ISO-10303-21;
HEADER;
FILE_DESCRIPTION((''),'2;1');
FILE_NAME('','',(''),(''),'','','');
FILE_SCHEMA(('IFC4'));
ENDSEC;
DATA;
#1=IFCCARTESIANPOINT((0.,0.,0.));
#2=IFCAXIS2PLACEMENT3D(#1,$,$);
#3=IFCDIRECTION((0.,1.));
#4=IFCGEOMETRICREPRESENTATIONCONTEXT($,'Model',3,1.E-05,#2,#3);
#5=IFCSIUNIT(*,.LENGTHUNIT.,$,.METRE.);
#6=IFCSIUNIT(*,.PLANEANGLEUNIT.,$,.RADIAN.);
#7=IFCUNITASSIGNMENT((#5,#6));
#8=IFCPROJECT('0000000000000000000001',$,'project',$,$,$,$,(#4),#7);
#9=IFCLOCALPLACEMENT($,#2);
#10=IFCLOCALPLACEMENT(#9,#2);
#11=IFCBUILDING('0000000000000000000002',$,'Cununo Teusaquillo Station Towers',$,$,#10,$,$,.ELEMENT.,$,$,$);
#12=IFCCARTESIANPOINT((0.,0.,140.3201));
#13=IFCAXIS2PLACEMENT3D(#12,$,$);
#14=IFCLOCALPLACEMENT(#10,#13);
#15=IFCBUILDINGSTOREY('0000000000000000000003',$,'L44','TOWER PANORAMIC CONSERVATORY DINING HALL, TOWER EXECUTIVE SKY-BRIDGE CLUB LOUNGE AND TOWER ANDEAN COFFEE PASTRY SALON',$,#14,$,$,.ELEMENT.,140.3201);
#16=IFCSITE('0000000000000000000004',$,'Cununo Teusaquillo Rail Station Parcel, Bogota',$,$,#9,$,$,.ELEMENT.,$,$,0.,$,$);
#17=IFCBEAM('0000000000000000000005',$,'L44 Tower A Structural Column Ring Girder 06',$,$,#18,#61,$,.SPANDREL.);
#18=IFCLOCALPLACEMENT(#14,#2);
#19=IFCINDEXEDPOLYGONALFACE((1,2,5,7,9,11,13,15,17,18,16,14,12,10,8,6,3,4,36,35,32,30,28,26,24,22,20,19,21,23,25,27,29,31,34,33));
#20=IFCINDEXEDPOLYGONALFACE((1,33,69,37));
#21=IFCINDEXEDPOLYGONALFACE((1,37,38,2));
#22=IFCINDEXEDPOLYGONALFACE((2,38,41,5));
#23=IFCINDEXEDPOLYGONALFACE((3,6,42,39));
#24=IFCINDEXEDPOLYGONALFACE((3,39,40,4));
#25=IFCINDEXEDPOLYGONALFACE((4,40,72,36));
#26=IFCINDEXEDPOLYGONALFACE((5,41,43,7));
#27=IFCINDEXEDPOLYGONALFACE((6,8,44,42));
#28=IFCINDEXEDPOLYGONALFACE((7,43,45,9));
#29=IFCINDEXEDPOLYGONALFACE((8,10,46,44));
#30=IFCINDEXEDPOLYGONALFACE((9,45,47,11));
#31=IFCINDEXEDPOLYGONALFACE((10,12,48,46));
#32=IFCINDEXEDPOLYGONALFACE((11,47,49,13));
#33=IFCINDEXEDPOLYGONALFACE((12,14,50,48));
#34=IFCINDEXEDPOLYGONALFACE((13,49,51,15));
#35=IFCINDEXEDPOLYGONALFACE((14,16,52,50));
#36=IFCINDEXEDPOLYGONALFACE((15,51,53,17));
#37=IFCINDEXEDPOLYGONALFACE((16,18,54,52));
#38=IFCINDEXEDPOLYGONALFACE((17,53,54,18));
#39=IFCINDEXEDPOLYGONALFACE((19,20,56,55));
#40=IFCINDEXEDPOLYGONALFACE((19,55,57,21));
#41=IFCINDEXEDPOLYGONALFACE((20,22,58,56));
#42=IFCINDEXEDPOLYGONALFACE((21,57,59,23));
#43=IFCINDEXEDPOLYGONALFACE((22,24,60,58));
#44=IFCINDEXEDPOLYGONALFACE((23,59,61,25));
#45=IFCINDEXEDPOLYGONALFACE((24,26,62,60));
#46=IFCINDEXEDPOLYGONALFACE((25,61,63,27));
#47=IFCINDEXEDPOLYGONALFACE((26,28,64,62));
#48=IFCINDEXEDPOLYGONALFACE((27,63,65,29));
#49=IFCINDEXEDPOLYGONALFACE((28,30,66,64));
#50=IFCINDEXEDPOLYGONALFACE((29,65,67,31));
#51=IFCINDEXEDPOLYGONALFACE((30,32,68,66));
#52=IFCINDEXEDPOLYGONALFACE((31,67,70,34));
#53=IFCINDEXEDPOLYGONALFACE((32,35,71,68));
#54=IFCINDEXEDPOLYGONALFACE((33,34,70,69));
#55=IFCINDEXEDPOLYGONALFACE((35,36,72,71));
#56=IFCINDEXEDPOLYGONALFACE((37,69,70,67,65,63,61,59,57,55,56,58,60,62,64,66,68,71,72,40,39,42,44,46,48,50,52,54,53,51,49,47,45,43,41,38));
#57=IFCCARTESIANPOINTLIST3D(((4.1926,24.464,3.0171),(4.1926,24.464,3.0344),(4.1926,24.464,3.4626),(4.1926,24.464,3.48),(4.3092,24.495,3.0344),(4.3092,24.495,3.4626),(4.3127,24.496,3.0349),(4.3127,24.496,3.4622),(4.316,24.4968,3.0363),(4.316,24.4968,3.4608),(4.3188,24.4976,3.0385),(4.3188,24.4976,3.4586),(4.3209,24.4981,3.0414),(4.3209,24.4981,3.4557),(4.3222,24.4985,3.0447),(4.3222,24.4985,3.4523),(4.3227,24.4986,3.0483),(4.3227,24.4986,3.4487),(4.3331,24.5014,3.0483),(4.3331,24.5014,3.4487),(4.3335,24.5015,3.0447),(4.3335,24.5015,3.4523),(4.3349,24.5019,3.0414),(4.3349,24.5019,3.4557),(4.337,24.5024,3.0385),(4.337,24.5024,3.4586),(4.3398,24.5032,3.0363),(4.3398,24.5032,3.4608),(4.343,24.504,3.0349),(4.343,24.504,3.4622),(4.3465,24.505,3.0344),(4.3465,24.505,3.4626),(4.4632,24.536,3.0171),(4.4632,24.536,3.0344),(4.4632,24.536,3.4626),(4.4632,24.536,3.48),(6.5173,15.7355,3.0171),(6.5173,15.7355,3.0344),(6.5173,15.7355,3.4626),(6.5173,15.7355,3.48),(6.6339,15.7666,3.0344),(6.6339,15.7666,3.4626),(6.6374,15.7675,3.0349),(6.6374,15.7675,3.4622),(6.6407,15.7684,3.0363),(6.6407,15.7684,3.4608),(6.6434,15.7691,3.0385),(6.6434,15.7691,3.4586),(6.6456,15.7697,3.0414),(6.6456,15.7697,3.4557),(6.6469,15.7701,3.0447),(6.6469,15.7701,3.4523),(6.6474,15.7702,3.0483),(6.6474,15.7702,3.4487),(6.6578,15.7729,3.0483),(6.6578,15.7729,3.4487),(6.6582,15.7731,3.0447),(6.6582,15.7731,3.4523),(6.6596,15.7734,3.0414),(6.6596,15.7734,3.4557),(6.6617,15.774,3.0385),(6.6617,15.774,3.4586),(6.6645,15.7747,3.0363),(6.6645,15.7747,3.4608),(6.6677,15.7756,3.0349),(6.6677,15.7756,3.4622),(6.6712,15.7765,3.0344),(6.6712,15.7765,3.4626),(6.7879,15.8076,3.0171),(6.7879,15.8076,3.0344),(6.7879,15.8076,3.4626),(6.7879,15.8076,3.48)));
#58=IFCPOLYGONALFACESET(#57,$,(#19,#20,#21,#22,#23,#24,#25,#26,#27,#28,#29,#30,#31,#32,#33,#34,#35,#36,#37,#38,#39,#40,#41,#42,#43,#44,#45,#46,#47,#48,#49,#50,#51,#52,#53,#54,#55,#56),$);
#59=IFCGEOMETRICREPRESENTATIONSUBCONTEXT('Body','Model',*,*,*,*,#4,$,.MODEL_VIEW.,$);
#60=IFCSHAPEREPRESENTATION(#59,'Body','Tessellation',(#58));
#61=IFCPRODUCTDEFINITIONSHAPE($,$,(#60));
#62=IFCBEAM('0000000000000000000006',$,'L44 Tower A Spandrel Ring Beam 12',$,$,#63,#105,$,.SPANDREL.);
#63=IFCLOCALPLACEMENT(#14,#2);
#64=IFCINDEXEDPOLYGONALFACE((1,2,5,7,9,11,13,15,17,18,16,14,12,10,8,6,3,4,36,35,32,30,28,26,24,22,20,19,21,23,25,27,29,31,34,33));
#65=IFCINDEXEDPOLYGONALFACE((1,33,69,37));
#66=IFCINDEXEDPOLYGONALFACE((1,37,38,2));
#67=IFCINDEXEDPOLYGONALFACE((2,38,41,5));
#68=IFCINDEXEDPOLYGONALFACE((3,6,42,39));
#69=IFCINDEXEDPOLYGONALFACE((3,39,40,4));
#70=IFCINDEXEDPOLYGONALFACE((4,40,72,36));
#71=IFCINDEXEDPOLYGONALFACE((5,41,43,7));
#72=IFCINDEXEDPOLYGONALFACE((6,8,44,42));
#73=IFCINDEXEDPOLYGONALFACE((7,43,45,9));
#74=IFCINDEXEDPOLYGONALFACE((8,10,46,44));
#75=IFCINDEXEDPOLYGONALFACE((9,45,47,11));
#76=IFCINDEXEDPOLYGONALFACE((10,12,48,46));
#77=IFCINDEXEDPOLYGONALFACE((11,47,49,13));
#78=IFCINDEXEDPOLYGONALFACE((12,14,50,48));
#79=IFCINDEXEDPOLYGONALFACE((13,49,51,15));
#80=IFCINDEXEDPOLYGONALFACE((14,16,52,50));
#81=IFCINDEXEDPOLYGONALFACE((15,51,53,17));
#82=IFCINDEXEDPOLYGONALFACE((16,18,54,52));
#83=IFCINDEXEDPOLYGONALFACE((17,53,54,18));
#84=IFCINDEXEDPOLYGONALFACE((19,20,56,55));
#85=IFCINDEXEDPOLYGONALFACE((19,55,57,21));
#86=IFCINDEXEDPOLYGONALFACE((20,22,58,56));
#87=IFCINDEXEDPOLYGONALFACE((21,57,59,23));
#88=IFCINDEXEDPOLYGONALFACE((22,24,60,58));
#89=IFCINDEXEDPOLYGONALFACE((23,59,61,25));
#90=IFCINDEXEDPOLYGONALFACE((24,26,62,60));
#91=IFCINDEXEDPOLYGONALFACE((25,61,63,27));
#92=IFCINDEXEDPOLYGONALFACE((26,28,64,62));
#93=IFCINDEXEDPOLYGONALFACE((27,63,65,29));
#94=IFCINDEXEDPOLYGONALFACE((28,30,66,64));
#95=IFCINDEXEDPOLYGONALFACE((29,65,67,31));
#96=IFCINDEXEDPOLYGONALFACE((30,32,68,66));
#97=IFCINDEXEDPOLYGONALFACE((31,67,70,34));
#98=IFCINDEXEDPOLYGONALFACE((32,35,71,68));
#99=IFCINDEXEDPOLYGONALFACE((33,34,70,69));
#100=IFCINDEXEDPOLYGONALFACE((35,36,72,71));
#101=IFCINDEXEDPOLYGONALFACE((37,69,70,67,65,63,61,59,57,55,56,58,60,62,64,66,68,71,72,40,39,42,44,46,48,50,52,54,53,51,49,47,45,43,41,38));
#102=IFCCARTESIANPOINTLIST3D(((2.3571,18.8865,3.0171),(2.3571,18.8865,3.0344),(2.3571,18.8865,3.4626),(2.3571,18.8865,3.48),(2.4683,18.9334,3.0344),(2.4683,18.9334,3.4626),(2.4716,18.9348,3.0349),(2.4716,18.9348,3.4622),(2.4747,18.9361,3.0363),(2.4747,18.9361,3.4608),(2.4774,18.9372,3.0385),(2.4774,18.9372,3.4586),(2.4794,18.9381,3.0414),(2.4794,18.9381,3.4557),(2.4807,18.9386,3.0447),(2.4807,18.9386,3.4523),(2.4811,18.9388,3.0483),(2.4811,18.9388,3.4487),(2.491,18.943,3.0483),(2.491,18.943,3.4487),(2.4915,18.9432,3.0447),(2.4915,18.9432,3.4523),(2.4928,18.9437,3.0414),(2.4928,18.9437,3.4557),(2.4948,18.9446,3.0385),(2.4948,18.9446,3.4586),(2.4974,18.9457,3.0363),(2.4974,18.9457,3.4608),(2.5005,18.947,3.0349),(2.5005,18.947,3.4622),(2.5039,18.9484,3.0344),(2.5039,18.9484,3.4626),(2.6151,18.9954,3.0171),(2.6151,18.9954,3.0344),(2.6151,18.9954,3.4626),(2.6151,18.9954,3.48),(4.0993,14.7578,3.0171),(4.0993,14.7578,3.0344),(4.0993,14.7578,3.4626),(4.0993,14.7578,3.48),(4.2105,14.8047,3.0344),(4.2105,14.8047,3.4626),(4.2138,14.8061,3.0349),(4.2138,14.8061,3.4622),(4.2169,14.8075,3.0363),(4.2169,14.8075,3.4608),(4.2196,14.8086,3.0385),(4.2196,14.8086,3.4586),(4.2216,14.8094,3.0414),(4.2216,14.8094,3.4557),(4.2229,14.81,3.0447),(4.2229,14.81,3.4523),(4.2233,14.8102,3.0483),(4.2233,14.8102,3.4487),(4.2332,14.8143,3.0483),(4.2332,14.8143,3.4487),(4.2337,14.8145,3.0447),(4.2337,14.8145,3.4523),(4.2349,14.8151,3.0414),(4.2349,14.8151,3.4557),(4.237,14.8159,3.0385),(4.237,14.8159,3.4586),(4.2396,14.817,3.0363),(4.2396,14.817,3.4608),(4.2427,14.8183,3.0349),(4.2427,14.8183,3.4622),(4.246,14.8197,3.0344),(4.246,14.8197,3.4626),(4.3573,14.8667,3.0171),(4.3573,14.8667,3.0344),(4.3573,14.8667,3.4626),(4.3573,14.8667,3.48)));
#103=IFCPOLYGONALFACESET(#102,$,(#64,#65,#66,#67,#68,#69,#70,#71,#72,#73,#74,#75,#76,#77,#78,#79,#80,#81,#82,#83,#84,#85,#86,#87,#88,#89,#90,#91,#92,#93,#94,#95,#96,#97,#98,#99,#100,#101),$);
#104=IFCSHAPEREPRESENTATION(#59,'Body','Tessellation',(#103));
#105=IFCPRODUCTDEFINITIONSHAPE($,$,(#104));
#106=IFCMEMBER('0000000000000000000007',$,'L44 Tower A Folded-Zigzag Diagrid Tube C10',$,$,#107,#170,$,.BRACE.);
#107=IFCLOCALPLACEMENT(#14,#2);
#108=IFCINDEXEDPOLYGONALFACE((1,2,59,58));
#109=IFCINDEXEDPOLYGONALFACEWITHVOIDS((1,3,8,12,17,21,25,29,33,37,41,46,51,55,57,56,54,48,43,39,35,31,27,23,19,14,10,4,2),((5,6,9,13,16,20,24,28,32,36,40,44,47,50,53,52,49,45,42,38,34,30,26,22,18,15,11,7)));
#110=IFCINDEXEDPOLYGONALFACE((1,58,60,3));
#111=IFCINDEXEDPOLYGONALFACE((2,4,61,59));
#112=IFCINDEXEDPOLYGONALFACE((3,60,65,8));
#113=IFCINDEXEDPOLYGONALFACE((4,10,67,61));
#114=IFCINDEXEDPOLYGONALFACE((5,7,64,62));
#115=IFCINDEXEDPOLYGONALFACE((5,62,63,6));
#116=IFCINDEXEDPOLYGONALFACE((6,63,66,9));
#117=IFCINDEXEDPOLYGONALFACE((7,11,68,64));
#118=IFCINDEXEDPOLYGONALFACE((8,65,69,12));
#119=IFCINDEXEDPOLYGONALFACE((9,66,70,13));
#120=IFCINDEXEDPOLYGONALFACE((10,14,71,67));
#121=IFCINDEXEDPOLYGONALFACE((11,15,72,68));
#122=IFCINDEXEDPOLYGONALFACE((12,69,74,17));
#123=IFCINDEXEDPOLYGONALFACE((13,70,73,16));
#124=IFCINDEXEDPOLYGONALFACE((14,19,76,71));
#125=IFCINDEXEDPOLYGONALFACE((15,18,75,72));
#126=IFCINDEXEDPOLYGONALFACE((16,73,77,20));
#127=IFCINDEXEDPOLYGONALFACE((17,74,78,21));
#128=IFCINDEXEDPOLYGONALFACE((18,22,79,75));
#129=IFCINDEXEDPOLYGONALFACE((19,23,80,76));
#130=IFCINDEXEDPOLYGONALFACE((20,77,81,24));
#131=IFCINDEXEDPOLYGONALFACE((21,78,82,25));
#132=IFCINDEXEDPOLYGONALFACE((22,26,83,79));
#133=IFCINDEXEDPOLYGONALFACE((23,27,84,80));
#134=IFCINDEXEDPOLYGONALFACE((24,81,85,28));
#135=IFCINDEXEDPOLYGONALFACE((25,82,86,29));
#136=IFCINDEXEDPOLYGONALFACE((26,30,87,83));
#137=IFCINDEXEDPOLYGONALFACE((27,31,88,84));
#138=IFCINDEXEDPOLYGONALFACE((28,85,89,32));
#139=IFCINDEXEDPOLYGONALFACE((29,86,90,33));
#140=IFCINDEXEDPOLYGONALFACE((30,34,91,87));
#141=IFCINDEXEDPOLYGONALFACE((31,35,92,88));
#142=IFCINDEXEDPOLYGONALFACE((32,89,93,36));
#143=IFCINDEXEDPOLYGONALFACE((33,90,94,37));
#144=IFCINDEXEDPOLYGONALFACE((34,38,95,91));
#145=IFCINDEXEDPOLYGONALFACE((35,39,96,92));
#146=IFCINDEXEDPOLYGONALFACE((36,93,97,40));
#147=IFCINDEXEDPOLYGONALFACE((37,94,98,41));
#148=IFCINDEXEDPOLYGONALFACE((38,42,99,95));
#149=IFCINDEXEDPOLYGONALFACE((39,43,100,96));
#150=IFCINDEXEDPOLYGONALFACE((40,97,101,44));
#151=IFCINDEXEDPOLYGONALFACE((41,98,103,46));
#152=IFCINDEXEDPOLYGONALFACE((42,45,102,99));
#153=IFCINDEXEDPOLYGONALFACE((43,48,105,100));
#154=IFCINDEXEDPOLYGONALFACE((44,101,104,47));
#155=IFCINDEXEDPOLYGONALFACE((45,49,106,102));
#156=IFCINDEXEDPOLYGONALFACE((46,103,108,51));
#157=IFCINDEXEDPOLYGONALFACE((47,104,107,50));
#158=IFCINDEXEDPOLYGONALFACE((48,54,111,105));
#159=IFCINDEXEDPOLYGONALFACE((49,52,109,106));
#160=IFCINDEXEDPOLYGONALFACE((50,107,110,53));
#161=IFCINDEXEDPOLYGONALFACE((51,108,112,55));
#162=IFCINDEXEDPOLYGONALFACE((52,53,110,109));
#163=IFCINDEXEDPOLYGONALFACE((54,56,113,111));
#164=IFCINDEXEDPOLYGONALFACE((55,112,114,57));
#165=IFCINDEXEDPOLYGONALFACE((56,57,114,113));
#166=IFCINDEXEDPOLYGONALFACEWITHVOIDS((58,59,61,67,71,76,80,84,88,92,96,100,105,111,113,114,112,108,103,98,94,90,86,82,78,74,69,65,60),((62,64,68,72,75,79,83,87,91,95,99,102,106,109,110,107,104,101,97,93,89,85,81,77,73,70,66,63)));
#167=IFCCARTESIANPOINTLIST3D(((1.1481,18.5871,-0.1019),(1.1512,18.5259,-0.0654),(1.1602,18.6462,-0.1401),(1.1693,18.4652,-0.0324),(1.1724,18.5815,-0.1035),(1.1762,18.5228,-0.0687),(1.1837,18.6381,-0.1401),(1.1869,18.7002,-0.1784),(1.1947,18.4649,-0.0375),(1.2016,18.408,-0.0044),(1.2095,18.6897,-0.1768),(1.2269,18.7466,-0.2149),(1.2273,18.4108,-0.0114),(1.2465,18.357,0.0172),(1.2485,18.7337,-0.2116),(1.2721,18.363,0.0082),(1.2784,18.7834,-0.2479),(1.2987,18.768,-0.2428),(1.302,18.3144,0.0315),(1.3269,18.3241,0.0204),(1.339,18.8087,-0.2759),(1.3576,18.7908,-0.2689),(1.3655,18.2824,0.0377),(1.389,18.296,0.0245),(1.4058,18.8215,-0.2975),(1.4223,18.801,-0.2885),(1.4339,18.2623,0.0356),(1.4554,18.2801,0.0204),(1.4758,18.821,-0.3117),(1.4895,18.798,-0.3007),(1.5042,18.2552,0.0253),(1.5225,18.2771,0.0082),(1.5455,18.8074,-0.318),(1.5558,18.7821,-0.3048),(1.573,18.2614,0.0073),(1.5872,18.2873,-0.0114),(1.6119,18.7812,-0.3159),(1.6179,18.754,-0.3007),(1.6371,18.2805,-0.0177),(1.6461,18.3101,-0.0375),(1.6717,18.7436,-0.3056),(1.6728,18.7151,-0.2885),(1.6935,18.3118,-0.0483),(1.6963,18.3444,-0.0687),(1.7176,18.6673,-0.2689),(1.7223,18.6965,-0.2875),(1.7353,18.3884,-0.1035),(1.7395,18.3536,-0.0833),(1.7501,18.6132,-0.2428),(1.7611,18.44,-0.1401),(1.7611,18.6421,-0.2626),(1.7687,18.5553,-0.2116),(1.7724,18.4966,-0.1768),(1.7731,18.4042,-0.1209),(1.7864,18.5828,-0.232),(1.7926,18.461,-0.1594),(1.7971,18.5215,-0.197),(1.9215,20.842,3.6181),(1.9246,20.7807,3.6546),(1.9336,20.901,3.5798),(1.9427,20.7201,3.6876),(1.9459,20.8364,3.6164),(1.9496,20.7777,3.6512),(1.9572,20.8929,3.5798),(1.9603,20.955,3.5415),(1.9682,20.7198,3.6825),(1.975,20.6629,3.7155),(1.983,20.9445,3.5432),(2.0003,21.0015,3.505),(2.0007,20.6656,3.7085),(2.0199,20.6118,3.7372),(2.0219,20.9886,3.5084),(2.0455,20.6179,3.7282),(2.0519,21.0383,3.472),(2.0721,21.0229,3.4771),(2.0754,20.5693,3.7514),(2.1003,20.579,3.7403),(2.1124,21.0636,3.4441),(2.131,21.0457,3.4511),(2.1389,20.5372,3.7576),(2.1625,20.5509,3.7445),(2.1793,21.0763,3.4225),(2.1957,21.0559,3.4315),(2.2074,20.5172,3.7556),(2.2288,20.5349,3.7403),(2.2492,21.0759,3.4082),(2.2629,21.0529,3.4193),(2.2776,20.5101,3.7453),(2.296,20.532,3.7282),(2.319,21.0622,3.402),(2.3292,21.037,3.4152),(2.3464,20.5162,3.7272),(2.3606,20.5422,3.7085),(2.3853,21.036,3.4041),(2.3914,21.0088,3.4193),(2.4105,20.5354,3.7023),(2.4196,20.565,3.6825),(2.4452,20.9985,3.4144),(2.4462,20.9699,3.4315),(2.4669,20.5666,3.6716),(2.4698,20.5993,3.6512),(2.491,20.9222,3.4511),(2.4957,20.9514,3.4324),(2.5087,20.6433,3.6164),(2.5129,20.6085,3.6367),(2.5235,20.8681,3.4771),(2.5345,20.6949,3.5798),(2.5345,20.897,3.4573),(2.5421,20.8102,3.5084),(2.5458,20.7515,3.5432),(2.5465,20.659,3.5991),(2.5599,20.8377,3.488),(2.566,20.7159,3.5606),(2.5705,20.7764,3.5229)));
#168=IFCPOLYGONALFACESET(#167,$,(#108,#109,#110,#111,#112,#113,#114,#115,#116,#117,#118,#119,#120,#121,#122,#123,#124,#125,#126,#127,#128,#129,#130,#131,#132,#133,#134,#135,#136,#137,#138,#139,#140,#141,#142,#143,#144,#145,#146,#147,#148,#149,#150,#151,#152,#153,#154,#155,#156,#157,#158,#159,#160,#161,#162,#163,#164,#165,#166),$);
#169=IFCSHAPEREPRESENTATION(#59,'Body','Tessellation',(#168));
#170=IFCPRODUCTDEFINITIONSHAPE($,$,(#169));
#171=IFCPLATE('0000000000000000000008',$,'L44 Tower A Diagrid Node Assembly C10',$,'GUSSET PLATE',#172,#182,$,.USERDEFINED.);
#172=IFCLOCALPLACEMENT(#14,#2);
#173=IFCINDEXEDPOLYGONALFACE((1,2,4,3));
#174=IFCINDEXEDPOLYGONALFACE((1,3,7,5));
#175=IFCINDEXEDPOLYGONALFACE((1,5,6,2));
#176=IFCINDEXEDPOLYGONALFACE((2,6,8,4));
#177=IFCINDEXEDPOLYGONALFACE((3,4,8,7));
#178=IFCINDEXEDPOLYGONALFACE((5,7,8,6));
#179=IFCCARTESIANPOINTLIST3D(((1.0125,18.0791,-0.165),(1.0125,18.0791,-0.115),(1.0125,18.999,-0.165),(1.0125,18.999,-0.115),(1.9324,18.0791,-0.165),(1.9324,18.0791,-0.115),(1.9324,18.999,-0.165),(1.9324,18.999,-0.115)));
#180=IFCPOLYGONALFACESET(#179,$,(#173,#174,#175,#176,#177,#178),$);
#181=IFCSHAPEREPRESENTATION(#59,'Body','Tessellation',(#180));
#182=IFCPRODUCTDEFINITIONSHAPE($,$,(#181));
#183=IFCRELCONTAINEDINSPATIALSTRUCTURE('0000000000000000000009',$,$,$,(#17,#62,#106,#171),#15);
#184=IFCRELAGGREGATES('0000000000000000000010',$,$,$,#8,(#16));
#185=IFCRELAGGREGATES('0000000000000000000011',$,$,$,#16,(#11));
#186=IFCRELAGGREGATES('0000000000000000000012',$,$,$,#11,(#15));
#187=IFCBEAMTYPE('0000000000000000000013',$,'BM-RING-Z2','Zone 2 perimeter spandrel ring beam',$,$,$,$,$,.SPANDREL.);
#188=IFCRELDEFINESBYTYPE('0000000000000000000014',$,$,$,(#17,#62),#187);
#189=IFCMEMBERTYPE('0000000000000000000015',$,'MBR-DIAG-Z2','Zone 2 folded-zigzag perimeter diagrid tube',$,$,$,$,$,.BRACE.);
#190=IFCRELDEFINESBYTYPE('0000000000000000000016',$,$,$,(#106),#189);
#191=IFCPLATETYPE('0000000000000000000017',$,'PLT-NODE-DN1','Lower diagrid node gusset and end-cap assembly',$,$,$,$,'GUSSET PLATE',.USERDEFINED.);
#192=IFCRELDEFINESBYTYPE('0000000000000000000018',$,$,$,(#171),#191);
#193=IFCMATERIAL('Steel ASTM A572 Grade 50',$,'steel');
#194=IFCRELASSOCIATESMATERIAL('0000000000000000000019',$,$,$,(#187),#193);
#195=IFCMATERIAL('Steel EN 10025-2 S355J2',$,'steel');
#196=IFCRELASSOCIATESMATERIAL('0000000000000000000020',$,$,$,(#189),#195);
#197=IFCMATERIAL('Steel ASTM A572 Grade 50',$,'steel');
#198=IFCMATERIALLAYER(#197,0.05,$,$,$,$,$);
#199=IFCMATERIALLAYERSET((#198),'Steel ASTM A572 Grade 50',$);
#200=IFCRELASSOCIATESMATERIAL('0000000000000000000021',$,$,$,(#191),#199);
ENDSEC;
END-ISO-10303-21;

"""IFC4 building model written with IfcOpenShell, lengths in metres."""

from ifc_helpers import new_model, si_unit, direction, frame, origin, origin_2d, place, context, subcontext, project, spatial, rectangle, hollow_circle, i_section, extrude, source, transform, mapped, material, layer, layer_set, material_profile, profile_set, type_object, element, save


model = new_model("IFC4")

# Units and contexts
model_context = context("Model", 3, precision=1e-05, world=origin(), true_north=direction((0.0, 1.0)))
body_context = subcontext(model_context, "Body", "Model", "MODEL_VIEW")
ifc_project = project(units=[si_unit("LENGTHUNIT", "METRE"), si_unit("PLANEANGLEUNIT", "RADIAN")], contexts=[model_context])

# Site, building, storey
site_placement = place(None, origin())
site = spatial("IfcSite", under=ifc_project, at=site_placement, Name="Cununo Teusaquillo Rail Station Parcel, Bogota", CompositionType="ELEMENT", RefElevation=0.0)
building_placement = place(site_placement, origin())
building = spatial("IfcBuilding", under=site, at=building_placement, Name="Cununo Teusaquillo Station Towers", CompositionType="ELEMENT")
storey_placement = place(building_placement, frame((0.0, 0.0, 140.3201)))
storey = spatial("IfcBuildingStorey", under=building, at=storey_placement, Name="L44", Description="TOWER PANORAMIC CONSERVATORY DINING HALL, TOWER EXECUTIVE SKY-BRIDGE CLUB LOUNGE AND TOWER ANDEAN COFFEE PASTRY SALON", CompositionType="ELEMENT", Elevation=140.3201)

# Beams
ifc_material_1 = material(Name="Steel ASTM A572 Grade 50", Category="steel")
ifc_material_profile_1 = material_profile(ifc_material_1, i_section(OverallWidth=0.28, OverallDepth=0.4629, WebThickness=0.0107, FlangeThickness=0.0173, FilletRadius=0.0139, at=origin_2d()), Name="W18X76")
ifc_profile_set_1 = profile_set([ifc_material_profile_1], Name="Steel ASTM A572 Grade 50")
beam_type_1 = type_object("IfcBeamType", Name="BM-RING-Z2", Description="Zone 2 perimeter spandrel ring beam", PredefinedType="SPANDREL", material=ifc_profile_set_1)
beam_1_placement = place(storey_placement, frame((4.3279, 24.5, 3.2485), z_axis=(0.257363, -0.966315, 0.0), x_axis=(0.966315, 0.257363, 0.0)))
element("IfcBeam", 1, at=beam_1_placement, inside=storey, type_object=beam_type_1, Name="L44 Tower A Structural Column Ring Girder 06", PredefinedType="SPANDREL", context=body_context, shape_type="SweptSolid", body=[
    extrude(i_section(OverallWidth=0.28, OverallDepth=0.4629, WebThickness=0.0107, FlangeThickness=0.0173, FilletRadius=0.0139, at=origin_2d()), origin(), (0.0, 0.0, 1.0), 9.0327),
])
beam_2_placement = place(storey_placement, frame((2.4861, 18.9409, 3.2485), z_axis=(0.388778, -0.921332, 0.0), x_axis=(0.921332, 0.388778, 0.0)))
element("IfcBeam", 2, at=beam_2_placement, inside=storey, type_object=beam_type_1, Name="L44 Tower A Spandrel Ring Beam 12", PredefinedType="SPANDREL", context=body_context, shape_type="SweptSolid", body=[
    extrude(i_section(OverallWidth=0.28, OverallDepth=0.4629, WebThickness=0.0107, FlangeThickness=0.0173, FilletRadius=0.0139, at=origin_2d()), origin(), (0.0, 0.0, 1.0), 4.4812),
])

# Member
ifc_material_2 = material(Name="Steel EN 10025-2 S355J2", Category="steel")
ifc_material_profile_2 = material_profile(ifc_material_2, hollow_circle(Radius=0.3301, WallThickness=0.0249, at=origin_2d()), Name="CHS 660x25")
ifc_profile_set_2 = profile_set([ifc_material_profile_2], Name="Steel EN 10025-2 S355J2")
member_type = type_object("IfcMemberType", Name="MBR-DIAG-Z2", Description="Zone 2 folded-zigzag perimeter diagrid tube", PredefinedType="BRACE", material=ifc_profile_set_2)
member_placement = place(storey_placement, frame((1.4724, 18.5391, -0.1401), z_axis=(0.175055, 0.510357, 0.841957), x_axis=(-0.945903, 0.32445, 0.0)))
element("IfcMember", 3, at=member_placement, inside=storey, type_object=member_type, Name="L44 Tower A Folded-Zigzag Diagrid Tube C10", PredefinedType="BRACE", context=body_context, shape_type="SweptSolid", body=[
    extrude(hollow_circle(Radius=0.3301, WallThickness=0.0249, at=origin_2d()), origin(), (0.0, 0.0, 1.0), 4.4182),
])

# Plate
ifc_material_3 = material(Name="Steel ASTM A572 Grade 50", Category="steel")
ifc_layer_1 = layer(ifc_material_3, 0.05)
ifc_layer_set_1 = layer_set([ifc_layer_1], Name="Steel ASTM A572 Grade 50")
plate_type = type_object("IfcPlateType", Name="PLT-NODE-DN1", Description="Lower diagrid node gusset and end-cap assembly", ElementType="GUSSET PLATE", PredefinedType="USERDEFINED", material=ifc_layer_set_1)
shared_shape_1 = source(origin(), body_context, "Body", "SweptSolid", [
    extrude(rectangle(XDim=0.9199, YDim=0.9199, at=origin_2d()), origin(), (0.0, 0.0, 1.0), 0.05),
])
plate_placement = place(storey_placement, frame((1.4724, 18.5391, -0.165), z_axis=(0.0, 0.0, 1.0), x_axis=(1.0, 0.0, 0.0)))
element("IfcPlate", 4, at=plate_placement, inside=storey, type_object=plate_type, Name="L44 Tower A Diagrid Node Assembly C10", ObjectType="GUSSET PLATE", PredefinedType="USERDEFINED", context=body_context, shape_type="MappedRepresentation", body=[
    mapped(shared_shape_1, transform((0.0, 0.0, 0.0), x_axis=(1.0, 0.0, 0.0), y_axis=(0.0, 1.0, 0.0), z_axis=(0.0, 0.0, 1.0), scale=1.0)),
])

save(model, "model.ifc")
